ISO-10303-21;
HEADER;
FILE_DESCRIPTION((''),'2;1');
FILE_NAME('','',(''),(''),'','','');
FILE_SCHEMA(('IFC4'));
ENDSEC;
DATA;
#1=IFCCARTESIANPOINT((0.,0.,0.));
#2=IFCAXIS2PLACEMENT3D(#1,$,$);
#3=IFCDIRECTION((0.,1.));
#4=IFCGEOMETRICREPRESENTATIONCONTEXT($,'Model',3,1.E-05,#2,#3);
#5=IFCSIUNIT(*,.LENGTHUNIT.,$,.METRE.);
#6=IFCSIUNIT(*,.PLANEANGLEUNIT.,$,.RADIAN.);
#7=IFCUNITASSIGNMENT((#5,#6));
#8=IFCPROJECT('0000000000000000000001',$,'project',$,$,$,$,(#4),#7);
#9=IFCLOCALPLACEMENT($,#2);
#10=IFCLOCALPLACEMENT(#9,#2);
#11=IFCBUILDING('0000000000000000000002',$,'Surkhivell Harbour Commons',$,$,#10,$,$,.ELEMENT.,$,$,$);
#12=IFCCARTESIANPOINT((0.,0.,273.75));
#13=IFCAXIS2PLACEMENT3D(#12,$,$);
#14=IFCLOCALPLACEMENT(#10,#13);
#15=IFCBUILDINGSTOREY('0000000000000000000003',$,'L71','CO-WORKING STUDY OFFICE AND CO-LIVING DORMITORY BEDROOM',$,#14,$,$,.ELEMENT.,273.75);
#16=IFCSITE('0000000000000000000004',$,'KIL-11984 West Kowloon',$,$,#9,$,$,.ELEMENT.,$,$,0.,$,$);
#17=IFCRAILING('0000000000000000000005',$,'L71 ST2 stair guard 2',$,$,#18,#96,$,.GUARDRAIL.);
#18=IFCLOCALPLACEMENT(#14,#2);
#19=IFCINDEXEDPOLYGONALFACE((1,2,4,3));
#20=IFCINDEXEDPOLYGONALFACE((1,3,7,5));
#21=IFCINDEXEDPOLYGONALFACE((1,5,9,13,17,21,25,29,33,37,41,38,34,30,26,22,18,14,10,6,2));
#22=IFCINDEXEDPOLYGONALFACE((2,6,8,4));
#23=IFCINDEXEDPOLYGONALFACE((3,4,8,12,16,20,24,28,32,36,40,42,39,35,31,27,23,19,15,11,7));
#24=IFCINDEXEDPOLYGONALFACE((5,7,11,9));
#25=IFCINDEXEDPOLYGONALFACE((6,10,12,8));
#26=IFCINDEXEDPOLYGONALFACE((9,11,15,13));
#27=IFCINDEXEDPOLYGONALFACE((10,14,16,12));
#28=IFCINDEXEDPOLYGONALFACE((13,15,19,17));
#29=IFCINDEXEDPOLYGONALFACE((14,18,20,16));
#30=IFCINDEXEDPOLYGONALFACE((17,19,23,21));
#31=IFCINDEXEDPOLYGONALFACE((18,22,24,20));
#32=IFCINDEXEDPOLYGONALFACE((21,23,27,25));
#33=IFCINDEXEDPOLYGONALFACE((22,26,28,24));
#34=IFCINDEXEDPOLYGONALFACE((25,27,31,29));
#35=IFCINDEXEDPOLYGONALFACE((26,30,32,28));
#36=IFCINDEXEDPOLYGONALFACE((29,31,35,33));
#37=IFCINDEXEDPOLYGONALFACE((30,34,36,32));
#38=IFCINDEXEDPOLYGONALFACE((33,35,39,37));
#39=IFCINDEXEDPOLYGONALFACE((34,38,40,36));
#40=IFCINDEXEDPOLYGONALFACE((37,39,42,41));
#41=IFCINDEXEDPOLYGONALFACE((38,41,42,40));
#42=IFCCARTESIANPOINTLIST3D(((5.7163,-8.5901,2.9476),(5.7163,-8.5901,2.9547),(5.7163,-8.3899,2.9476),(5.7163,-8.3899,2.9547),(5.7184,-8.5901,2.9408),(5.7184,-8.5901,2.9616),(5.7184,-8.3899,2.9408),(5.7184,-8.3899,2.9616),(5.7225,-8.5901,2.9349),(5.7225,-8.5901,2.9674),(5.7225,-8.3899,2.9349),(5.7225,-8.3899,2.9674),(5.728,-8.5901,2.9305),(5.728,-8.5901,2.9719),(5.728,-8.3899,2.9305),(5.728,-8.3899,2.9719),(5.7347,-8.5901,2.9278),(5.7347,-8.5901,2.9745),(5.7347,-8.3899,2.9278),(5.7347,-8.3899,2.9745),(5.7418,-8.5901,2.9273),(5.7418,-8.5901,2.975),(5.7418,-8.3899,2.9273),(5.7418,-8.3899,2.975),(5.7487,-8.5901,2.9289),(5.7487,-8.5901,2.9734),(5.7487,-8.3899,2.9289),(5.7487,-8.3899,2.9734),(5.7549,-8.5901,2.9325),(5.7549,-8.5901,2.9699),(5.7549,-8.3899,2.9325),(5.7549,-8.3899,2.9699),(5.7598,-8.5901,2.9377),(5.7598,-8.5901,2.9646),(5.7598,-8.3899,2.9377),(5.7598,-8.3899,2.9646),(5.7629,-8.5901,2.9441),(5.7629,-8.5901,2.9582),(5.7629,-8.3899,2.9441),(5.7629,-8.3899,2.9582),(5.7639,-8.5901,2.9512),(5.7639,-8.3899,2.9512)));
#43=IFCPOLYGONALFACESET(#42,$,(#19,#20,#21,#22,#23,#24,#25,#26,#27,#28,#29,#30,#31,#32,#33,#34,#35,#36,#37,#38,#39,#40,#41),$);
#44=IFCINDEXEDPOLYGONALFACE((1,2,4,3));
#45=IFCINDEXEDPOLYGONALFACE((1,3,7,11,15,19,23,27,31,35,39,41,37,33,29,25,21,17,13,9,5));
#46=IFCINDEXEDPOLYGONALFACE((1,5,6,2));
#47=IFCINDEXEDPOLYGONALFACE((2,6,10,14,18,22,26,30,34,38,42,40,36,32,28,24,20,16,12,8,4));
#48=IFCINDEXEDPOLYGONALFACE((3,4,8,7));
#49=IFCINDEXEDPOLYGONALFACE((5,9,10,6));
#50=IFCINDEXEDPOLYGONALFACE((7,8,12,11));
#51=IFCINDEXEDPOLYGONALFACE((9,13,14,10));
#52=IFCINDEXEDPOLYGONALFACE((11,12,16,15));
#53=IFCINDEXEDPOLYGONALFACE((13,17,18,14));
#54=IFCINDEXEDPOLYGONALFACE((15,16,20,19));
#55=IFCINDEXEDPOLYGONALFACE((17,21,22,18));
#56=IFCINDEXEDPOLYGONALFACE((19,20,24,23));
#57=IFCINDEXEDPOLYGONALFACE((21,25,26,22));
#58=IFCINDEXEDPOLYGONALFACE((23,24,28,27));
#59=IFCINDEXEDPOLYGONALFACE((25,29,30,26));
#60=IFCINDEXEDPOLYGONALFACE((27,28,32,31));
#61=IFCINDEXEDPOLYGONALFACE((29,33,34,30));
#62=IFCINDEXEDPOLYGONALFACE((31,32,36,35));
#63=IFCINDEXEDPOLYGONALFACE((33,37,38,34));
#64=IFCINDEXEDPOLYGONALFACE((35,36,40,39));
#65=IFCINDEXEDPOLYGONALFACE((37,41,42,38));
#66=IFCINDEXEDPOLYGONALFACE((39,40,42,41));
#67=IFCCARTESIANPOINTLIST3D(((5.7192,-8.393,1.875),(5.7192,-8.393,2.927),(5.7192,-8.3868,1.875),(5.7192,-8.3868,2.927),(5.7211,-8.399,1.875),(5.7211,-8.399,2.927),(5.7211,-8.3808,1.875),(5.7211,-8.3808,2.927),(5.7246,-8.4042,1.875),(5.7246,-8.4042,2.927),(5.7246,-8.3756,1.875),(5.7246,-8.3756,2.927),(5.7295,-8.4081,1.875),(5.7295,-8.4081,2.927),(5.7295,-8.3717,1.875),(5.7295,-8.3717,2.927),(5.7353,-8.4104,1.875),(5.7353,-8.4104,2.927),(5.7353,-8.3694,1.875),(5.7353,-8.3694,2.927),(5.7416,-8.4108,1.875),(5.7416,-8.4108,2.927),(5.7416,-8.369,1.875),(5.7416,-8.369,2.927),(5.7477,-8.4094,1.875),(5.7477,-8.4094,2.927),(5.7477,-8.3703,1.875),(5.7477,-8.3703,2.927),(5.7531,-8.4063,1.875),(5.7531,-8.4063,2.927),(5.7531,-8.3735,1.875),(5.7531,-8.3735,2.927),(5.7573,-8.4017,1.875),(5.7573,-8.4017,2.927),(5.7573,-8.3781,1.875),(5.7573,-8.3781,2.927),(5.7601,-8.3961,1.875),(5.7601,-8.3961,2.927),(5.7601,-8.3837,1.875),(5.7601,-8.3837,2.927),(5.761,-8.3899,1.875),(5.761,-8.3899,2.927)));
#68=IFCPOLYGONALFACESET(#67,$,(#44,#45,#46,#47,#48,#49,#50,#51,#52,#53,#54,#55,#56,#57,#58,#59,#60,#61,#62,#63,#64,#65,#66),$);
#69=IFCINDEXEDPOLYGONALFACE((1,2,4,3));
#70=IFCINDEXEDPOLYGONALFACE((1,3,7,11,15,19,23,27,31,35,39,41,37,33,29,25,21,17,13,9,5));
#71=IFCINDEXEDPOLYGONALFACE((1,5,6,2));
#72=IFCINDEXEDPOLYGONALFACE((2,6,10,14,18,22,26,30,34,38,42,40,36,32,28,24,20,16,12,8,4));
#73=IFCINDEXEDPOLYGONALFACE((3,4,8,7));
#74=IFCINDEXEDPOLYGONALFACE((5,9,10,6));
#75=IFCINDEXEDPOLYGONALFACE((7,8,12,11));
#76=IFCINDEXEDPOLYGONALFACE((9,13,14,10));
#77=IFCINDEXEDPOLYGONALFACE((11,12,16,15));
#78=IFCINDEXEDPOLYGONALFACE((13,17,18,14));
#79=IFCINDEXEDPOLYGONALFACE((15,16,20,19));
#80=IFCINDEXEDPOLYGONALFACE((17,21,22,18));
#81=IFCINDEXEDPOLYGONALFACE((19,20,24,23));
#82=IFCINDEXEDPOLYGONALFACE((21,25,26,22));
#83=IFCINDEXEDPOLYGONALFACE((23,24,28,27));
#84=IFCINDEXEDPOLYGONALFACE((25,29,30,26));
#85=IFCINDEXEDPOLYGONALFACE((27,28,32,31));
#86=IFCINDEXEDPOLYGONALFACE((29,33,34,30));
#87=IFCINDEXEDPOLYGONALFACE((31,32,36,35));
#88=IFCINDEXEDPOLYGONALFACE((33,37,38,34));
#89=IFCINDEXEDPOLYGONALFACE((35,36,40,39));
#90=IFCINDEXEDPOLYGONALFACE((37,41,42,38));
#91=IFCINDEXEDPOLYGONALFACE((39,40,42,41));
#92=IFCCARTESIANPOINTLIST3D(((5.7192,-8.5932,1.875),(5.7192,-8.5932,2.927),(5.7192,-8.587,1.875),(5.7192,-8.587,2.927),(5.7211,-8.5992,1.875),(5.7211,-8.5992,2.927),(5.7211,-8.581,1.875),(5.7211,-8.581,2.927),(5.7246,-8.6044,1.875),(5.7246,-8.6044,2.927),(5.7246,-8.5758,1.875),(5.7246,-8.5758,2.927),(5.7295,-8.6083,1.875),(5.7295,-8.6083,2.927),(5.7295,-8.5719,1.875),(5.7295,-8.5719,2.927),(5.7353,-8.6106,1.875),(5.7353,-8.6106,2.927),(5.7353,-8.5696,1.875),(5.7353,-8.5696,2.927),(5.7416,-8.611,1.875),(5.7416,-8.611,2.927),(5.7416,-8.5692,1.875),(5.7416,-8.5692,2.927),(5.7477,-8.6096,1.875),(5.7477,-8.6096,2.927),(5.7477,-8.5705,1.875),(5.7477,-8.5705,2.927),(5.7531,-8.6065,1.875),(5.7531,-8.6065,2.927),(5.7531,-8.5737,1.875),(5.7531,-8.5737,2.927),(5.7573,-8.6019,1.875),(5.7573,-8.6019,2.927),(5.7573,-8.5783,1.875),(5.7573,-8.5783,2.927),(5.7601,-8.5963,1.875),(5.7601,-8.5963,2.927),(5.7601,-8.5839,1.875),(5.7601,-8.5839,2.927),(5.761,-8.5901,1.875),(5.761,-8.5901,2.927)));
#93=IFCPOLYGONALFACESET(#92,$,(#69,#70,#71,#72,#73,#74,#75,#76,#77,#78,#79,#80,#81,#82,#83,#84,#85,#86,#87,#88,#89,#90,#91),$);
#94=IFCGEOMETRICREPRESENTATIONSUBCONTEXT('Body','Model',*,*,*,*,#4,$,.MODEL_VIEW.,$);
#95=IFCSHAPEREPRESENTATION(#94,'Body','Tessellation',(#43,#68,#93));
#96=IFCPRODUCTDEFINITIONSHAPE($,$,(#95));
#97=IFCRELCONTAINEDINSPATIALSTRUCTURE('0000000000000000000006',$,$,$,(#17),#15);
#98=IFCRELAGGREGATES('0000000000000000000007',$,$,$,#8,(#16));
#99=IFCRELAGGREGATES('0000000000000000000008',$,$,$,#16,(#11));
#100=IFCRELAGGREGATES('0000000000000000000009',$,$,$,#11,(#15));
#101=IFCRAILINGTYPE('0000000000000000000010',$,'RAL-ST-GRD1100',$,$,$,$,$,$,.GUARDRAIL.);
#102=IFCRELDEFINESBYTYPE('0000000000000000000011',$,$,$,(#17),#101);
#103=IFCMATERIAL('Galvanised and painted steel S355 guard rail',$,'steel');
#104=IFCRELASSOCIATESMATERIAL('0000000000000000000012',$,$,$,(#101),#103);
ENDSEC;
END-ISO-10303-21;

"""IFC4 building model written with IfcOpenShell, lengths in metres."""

from ifc_helpers import new_model, si_unit, direction, frame, origin, origin_2d, place, context, subcontext, project, spatial, circle, extrude, material, type_object, element, save


model = new_model("IFC4")

# Units and contexts
model_context = context("Model", 3, precision=1e-05, world=origin(), true_north=direction((0.0, 1.0)))
body_context = subcontext(model_context, "Body", "Model", "MODEL_VIEW")
ifc_project = project(units=[si_unit("LENGTHUNIT", "METRE"), si_unit("PLANEANGLEUNIT", "RADIAN")], contexts=[model_context])

# Site, building, storey
site_placement = place(None, origin())
site = spatial("IfcSite", under=ifc_project, at=site_placement, Name="KIL-11984 West Kowloon", CompositionType="ELEMENT", RefElevation=0.0)
building_placement = place(site_placement, origin())
building = spatial("IfcBuilding", under=site, at=building_placement, Name="Surkhivell Harbour Commons", CompositionType="ELEMENT")
storey_placement = place(building_placement, frame((0.0, 0.0, 273.75)))
storey = spatial("IfcBuildingStorey", under=building, at=storey_placement, Name="L71", Description="CO-WORKING STUDY OFFICE AND CO-LIVING DORMITORY BEDROOM", CompositionType="ELEMENT", Elevation=273.75)

# Railing
ifc_material_1 = material(Name="Galvanised and painted steel S355 guard rail", Category="steel")
railing_type_1 = type_object("IfcRailingType", Name="RAL-ST-GRD1100", PredefinedType="GUARDRAIL", material=ifc_material_1)
railing_1_placement = place(storey_placement, frame((5.74, -8.3899, 1.875)))
element("IfcRailing", 1, at=railing_1_placement, inside=storey, type_object=railing_type_1, Name="L71 ST2 stair guard 2", PredefinedType="GUARDRAIL", context=body_context, shape_type="SweptSolid", body=[
    extrude(circle(Radius=0.0239, at=origin_2d()), frame((0.0, 0.0, 1.0762), z_axis=(0.0, -1.0, 0.0), x_axis=(1.0, 0.0, 0.0)), (0.0, 0.0, 1.0), 0.2002),
    extrude(circle(Radius=0.021, at=origin_2d()), origin(), (0.0, 0.0, 1.0), 1.052),
    extrude(circle(Radius=0.021, at=origin_2d()), frame((0.0, -0.2002, 0.0)), (0.0, 0.0, 1.0), 1.052),
])

save(model, "model.ifc")
